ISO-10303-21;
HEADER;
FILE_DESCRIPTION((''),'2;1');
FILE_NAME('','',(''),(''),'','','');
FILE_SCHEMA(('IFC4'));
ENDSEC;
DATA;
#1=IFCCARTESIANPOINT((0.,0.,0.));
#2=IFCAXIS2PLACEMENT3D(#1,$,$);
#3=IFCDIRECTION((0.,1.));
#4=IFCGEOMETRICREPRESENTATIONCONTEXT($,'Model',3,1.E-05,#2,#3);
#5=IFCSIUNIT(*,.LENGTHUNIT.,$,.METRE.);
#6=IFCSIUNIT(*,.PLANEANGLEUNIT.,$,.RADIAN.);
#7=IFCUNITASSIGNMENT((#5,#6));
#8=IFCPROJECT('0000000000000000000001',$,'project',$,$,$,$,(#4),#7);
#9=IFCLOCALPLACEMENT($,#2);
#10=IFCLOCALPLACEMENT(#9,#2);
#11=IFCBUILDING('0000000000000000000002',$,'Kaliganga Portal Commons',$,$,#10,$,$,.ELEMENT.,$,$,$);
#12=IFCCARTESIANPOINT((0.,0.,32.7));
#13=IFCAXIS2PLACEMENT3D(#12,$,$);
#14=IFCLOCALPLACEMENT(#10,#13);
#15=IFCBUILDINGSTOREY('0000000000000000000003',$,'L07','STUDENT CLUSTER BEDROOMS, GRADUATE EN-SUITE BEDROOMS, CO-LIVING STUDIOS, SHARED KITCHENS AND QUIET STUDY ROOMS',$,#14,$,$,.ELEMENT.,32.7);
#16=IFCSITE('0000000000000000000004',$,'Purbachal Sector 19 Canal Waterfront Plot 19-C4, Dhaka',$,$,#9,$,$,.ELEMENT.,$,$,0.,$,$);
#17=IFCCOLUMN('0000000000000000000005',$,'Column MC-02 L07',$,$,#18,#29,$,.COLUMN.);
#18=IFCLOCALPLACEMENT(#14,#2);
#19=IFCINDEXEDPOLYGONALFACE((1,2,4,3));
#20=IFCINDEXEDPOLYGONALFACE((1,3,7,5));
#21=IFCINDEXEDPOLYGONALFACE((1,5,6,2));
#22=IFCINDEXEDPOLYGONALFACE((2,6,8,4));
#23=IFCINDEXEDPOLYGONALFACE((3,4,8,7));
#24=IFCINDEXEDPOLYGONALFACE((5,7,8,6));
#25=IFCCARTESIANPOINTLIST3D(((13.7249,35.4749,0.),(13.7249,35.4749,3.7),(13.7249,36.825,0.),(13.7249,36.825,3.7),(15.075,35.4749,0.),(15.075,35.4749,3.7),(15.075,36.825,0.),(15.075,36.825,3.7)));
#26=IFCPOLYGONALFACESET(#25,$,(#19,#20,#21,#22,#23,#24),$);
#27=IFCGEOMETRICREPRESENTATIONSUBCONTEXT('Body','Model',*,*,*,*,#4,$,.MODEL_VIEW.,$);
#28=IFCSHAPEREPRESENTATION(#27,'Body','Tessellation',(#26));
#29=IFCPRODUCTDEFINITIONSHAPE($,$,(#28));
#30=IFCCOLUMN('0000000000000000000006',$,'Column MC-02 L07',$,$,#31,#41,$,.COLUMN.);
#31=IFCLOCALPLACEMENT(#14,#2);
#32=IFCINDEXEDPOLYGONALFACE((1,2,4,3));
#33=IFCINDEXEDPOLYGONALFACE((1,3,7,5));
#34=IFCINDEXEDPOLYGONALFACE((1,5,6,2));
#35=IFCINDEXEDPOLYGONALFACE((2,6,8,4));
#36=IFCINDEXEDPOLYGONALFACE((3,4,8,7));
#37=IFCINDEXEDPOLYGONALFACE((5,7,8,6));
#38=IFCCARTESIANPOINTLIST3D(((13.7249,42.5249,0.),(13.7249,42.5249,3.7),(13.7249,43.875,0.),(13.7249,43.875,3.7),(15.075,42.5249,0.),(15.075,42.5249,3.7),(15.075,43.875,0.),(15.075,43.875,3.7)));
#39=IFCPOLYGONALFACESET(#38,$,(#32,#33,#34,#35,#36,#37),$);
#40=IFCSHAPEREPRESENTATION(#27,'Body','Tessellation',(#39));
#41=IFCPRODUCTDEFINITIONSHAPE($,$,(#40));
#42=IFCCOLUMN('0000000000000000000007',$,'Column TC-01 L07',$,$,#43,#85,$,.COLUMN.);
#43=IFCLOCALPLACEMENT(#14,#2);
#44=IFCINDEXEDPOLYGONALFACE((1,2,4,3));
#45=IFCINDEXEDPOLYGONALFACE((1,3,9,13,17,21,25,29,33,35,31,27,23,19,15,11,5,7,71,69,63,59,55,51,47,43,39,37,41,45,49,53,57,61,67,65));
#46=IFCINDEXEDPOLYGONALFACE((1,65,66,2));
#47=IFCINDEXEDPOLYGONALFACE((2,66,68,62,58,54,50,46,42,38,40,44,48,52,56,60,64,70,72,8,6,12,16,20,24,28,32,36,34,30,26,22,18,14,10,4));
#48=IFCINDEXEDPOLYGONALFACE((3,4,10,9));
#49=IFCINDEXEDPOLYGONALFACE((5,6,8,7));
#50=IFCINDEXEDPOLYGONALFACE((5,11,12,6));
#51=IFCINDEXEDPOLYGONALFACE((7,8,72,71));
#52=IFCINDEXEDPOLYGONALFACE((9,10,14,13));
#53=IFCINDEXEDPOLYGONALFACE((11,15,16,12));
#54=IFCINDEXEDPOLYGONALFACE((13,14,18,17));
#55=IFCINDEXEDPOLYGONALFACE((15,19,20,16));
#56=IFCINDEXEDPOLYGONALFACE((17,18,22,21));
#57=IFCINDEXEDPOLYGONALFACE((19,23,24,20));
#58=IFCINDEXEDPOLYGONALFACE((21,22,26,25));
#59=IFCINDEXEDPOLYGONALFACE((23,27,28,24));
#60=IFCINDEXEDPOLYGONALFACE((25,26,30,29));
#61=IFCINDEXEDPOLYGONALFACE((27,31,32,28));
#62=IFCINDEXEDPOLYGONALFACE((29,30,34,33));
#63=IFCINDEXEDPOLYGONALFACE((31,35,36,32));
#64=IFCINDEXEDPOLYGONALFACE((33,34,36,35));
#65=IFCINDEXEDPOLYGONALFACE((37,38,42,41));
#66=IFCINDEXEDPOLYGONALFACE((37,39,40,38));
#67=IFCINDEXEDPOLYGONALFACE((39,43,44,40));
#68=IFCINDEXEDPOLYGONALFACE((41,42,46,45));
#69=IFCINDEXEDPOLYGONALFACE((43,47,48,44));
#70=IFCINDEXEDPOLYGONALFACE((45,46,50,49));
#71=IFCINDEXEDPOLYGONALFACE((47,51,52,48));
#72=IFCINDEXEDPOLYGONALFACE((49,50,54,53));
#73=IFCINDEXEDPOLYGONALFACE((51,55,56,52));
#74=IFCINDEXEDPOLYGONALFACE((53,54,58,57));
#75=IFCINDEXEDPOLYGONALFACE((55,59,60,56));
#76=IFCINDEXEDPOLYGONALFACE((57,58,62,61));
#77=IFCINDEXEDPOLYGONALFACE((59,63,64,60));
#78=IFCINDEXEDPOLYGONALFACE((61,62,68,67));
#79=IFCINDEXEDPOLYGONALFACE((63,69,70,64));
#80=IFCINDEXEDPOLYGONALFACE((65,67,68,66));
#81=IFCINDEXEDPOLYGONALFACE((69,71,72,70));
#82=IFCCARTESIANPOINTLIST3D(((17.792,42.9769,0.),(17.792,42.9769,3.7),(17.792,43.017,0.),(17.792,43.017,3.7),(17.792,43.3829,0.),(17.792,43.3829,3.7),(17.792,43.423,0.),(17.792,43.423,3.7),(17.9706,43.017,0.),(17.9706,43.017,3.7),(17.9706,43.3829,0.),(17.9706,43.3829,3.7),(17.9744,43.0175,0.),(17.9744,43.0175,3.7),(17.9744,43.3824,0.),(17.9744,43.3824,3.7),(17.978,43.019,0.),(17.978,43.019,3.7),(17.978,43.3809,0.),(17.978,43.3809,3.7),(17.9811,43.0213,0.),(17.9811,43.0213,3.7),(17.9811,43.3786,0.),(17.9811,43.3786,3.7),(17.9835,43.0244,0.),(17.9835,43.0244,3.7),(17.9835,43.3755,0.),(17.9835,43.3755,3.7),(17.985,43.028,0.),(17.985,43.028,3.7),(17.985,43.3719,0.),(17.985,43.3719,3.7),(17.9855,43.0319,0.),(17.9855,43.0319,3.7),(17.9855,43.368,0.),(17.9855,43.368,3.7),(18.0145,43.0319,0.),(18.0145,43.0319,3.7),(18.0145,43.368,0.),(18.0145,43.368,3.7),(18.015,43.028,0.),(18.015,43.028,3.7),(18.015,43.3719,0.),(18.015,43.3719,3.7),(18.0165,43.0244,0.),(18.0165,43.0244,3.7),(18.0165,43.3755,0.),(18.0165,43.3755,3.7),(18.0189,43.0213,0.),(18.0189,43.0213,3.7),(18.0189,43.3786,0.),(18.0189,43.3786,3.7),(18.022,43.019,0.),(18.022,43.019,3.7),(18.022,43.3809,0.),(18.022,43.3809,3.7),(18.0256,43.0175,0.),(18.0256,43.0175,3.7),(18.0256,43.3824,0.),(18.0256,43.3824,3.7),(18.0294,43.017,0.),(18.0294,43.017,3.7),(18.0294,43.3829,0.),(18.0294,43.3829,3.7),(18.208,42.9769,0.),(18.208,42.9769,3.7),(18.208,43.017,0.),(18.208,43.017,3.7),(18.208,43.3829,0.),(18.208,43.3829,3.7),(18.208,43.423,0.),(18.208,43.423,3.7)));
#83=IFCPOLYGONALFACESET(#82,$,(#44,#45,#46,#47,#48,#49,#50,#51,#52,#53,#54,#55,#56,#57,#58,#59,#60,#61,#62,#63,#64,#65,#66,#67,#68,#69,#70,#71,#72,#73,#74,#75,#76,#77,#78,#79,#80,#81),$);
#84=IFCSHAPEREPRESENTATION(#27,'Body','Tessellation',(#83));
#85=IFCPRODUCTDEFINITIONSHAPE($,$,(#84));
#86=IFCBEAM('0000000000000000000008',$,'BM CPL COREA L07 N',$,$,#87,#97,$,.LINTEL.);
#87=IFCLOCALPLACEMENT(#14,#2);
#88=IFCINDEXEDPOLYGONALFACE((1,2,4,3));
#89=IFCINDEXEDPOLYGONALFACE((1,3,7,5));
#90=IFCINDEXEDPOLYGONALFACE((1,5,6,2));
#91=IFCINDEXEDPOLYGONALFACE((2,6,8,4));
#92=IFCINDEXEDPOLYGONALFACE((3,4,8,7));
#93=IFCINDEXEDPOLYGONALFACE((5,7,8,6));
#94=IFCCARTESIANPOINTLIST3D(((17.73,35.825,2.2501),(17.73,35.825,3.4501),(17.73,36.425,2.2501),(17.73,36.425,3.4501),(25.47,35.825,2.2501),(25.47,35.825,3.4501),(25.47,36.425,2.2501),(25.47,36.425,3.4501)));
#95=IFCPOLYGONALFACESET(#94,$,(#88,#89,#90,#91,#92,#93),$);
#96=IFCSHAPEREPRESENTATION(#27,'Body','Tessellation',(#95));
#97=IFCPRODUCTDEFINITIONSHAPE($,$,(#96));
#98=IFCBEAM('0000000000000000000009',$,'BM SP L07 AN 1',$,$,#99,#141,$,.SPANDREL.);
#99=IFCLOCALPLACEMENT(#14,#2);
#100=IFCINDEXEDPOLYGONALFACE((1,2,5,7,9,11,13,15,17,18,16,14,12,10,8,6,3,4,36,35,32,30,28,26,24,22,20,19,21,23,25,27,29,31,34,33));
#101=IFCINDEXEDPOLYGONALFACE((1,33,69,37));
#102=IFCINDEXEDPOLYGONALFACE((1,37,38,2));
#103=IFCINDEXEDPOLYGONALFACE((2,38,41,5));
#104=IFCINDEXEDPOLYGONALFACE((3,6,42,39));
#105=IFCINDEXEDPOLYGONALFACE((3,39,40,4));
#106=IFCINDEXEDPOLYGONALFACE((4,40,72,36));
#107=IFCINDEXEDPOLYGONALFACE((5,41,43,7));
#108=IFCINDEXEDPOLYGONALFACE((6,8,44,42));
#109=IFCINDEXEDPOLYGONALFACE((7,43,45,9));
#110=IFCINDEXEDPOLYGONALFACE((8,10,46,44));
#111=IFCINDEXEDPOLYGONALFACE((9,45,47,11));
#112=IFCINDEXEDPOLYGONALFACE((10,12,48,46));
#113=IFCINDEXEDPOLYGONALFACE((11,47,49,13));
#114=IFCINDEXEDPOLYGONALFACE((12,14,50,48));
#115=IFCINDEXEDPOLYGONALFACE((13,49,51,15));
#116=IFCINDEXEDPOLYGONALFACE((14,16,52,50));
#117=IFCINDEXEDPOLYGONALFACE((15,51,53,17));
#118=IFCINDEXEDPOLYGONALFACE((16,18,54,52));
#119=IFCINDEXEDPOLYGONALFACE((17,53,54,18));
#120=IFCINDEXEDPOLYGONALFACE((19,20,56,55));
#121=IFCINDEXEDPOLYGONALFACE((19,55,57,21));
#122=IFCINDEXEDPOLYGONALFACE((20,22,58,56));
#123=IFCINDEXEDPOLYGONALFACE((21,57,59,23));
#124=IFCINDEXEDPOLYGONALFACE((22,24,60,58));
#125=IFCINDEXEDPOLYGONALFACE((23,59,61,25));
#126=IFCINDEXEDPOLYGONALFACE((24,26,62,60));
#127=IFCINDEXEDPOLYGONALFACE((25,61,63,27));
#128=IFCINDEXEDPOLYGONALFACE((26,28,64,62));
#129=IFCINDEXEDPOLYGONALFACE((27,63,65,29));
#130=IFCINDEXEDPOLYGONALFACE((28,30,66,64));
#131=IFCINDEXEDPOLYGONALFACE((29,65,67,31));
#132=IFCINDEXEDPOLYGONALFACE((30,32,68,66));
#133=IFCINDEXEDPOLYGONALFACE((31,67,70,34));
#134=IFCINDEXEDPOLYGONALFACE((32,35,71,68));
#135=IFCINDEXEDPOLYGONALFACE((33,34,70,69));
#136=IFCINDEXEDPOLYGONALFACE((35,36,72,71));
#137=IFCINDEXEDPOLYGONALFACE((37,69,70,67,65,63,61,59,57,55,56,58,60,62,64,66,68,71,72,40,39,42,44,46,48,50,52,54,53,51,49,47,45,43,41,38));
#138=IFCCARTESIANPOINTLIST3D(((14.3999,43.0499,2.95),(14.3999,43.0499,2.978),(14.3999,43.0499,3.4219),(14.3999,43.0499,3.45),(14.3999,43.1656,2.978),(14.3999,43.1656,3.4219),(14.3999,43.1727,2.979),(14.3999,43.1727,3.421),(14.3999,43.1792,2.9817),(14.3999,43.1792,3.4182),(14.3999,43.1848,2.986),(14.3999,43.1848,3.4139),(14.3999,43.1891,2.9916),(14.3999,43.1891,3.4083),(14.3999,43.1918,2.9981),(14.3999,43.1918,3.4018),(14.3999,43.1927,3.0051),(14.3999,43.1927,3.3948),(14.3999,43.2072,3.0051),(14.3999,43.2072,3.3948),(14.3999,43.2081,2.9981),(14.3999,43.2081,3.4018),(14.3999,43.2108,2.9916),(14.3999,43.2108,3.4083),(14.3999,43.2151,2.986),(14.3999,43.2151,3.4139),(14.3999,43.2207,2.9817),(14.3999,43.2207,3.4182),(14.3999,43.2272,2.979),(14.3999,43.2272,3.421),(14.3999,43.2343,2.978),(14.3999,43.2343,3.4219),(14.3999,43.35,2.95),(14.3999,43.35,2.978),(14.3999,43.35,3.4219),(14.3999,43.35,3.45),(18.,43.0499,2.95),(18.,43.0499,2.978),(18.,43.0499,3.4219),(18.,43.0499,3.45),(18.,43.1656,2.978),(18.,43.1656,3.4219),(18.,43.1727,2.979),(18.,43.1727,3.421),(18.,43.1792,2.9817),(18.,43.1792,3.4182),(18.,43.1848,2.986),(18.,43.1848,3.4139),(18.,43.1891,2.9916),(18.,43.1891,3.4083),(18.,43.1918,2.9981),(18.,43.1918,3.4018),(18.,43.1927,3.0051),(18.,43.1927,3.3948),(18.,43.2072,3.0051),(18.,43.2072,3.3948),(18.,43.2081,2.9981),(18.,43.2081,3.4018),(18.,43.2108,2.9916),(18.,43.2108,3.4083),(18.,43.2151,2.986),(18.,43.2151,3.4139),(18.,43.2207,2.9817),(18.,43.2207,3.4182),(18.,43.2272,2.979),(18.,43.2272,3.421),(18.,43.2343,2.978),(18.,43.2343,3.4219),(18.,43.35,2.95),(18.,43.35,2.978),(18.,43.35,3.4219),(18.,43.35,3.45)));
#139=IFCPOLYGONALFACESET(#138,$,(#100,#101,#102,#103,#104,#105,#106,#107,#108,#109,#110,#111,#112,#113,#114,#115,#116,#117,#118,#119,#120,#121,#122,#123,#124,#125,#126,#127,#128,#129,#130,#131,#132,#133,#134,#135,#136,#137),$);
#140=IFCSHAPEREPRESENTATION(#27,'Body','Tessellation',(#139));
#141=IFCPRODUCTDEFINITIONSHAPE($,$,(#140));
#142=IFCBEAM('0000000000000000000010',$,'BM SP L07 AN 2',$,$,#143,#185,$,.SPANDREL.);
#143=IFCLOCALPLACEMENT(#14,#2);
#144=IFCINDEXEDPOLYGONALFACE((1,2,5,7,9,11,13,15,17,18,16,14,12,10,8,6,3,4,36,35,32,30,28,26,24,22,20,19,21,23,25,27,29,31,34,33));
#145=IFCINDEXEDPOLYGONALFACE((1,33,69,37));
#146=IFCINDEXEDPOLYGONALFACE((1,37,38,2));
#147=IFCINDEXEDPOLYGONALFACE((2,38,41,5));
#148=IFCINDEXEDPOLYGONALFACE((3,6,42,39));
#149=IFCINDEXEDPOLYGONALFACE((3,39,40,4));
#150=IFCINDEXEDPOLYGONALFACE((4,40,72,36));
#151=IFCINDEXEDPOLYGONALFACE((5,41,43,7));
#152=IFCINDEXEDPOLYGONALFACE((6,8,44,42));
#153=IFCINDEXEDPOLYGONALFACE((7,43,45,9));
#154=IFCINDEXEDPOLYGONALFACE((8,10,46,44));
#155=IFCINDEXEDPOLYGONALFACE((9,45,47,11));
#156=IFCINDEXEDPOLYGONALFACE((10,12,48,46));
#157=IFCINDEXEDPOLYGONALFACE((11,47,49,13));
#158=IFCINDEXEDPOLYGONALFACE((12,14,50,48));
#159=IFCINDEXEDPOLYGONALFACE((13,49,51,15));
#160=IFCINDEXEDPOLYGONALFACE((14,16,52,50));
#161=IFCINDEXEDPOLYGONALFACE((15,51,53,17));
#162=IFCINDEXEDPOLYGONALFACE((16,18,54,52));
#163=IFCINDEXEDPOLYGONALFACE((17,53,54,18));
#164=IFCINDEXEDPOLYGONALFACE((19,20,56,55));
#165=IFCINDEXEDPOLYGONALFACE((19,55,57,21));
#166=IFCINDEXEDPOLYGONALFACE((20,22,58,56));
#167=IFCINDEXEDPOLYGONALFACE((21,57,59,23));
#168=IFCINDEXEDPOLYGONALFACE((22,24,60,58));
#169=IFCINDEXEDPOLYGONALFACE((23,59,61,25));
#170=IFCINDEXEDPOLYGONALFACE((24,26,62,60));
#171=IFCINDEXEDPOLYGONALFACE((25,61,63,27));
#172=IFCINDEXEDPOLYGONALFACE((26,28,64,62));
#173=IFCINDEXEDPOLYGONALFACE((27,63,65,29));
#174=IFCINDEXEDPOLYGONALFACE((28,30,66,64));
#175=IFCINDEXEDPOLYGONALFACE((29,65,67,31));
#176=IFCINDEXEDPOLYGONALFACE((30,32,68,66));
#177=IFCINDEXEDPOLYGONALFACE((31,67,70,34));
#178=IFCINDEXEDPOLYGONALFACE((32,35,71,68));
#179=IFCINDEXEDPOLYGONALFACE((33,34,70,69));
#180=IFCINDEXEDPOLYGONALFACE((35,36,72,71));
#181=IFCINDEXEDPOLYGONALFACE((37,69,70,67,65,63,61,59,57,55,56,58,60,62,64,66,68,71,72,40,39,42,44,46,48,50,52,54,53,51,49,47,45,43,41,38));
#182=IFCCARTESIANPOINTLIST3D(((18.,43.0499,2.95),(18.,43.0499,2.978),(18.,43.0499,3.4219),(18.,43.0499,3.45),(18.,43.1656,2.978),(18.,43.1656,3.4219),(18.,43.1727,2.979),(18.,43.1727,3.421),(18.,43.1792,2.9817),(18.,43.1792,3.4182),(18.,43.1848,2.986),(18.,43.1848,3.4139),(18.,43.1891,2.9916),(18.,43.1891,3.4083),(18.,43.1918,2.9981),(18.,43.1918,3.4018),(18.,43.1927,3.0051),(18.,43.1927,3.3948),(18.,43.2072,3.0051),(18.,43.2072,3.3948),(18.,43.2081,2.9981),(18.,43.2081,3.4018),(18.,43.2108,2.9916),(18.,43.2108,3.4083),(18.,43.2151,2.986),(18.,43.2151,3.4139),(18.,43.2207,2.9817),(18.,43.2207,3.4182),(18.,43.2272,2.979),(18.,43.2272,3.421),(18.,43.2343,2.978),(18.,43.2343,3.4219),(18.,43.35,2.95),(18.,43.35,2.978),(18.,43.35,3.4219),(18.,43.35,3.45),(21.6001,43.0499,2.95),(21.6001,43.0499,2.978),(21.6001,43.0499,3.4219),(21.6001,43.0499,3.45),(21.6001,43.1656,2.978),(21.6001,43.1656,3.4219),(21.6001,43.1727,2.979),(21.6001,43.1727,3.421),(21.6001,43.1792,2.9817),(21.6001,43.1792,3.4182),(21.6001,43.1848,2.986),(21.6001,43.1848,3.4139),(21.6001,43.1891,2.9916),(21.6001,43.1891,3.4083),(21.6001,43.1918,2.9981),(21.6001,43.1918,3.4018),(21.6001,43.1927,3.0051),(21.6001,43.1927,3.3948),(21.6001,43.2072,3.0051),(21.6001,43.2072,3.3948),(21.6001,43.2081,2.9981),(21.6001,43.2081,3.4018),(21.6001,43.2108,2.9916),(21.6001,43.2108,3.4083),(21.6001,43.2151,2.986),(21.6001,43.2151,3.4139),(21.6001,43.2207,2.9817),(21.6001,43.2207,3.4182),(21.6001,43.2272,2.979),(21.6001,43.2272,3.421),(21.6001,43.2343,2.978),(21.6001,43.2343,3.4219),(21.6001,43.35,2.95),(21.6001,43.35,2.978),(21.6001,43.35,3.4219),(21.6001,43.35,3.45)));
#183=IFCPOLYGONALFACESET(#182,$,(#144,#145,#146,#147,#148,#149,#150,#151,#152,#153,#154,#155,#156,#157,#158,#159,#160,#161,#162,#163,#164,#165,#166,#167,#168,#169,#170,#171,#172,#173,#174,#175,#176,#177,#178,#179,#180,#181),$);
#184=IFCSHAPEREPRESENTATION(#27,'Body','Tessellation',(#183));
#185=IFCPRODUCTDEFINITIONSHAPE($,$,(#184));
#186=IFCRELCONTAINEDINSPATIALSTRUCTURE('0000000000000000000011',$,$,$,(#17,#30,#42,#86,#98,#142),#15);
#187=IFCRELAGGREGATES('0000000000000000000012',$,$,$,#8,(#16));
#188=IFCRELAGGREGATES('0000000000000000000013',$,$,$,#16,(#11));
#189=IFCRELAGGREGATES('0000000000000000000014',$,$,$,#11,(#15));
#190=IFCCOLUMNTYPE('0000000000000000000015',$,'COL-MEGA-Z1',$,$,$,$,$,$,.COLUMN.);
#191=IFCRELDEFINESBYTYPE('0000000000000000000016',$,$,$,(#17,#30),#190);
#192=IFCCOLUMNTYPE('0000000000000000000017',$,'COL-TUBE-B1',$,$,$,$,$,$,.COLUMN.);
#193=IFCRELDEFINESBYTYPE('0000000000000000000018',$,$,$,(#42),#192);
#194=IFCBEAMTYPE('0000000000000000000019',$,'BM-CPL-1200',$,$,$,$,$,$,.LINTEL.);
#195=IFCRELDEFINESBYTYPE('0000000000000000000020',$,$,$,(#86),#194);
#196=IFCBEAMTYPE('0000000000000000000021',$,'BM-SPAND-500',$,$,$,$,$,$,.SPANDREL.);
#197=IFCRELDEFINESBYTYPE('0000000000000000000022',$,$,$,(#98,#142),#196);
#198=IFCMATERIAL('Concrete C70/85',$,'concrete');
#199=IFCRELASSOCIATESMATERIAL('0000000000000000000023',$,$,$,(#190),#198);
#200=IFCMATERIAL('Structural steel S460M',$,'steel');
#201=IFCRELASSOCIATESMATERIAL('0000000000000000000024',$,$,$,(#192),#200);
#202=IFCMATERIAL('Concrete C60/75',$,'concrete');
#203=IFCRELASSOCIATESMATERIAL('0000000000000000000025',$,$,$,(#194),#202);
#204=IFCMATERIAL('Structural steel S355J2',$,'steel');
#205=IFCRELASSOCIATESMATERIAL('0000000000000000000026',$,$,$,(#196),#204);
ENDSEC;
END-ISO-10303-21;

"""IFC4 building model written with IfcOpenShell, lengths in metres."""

from ifc_helpers import new_model, si_unit, direction, frame, origin, origin_2d, place, context, subcontext, project, spatial, rectangle, i_section, extrude, source, transform, mapped, material, material_profile, profile_set, type_object, element, save


model = new_model("IFC4")

# Units and contexts
model_context = context("Model", 3, precision=1e-05, world=origin(), true_north=direction((0.0, 1.0)))
body_context = subcontext(model_context, "Body", "Model", "MODEL_VIEW")
ifc_project = project(units=[si_unit("LENGTHUNIT", "METRE"), si_unit("PLANEANGLEUNIT", "RADIAN")], contexts=[model_context])

# Site, building, storey
site_placement = place(None, origin())
site = spatial("IfcSite", under=ifc_project, at=site_placement, Name="Purbachal Sector 19 Canal Waterfront Plot 19-C4, Dhaka", CompositionType="ELEMENT", RefElevation=0.0)
building_placement = place(site_placement, origin())
building = spatial("IfcBuilding", under=site, at=building_placement, Name="Kaliganga Portal Commons", CompositionType="ELEMENT")
storey_placement = place(building_placement, frame((0.0, 0.0, 32.7)))
storey = spatial("IfcBuildingStorey", under=building, at=storey_placement, Name="L07", Description="STUDENT CLUSTER BEDROOMS, GRADUATE EN-SUITE BEDROOMS, CO-LIVING STUDIOS, SHARED KITCHENS AND QUIET STUDY ROOMS", CompositionType="ELEMENT", Elevation=32.7)

# Columns
ifc_material_1 = material(Name="Concrete C70/85", Category="concrete")
ifc_material_profile_1 = material_profile(ifc_material_1, rectangle(XDim=1.3501, YDim=1.3501, at=origin_2d()), Name="RC 1350x1350")
ifc_profile_set_1 = profile_set([ifc_material_profile_1], Name="Concrete C70/85")
column_type_1 = type_object("IfcColumnType", Name="COL-MEGA-Z1", PredefinedType="COLUMN", material=ifc_profile_set_1)
shared_shape_1 = source(origin(), body_context, "Body", "SweptSolid", [
    extrude(rectangle(XDim=1.3501, YDim=1.3501, at=origin_2d()), origin(), (0.0, 0.0, 1.0), 3.7),
])
for number, where, z_axis, x_axis, name in (
    (1, (14.3999, 36.1499, 0.0), (0.0, 0.0, 1.0), (1.0, 0.0, 0.0), "Column MC-02 L07"),
    (2, (14.3999, 43.2, 0.0), (0.0, 0.0, 1.0), (1.0, 0.0, 0.0), "Column MC-02 L07"),
):
    element("IfcColumn", number, at=place(storey_placement, frame(where, z_axis=z_axis, x_axis=x_axis)), inside=storey, type_object=column_type_1, Name=name, PredefinedType="COLUMN", context=body_context, shape_type="MappedRepresentation", body=[
        mapped(shared_shape_1, transform((0.0, 0.0, 0.0), x_axis=(1.0, 0.0, 0.0), y_axis=(0.0, 1.0, 0.0), z_axis=(0.0, 0.0, 1.0), scale=1.0)),
    ])
ifc_material_2 = material(Name="Structural steel S460M", Category="steel")
ifc_material_profile_2 = material_profile(ifc_material_2, i_section(OverallWidth=0.416, OverallDepth=0.446, WebThickness=0.0291, FlangeThickness=0.04, FilletRadius=0.0149, at=origin_2d()), Name="HD 400x509")
ifc_profile_set_2 = profile_set([ifc_material_profile_2], Name="Structural steel S460M wide-flange")
column_type_2 = type_object("IfcColumnType", Name="COL-TUBE-B1", PredefinedType="COLUMN", material=ifc_profile_set_2)
shared_shape_2 = source(origin(), body_context, "Body", "SweptSolid", [
    extrude(i_section(OverallWidth=0.416, OverallDepth=0.446, WebThickness=0.0291, FlangeThickness=0.04, FilletRadius=0.0149, at=origin_2d()), origin(), (0.0, 0.0, 1.0), 3.7),
])
column_placement = place(storey_placement, frame((18.0, 43.2, 0.0), z_axis=(0.0, 0.0, 1.0), x_axis=(1.0, 0.0, 0.0)))
element("IfcColumn", 3, at=column_placement, inside=storey, type_object=column_type_2, Name="Column TC-01 L07", PredefinedType="COLUMN", context=body_context, shape_type="MappedRepresentation", body=[
    mapped(shared_shape_2, transform((0.0, 0.0, 0.0), x_axis=(1.0, 0.0, 0.0), y_axis=(0.0, 1.0, 0.0), z_axis=(0.0, 0.0, 1.0), scale=1.0)),
])

# Beams
ifc_material_3 = material(Name="Concrete C60/75", Category="concrete")
ifc_material_profile_3 = material_profile(ifc_material_3, rectangle(XDim=0.6001, YDim=1.2, at=origin_2d()), Name="RC 600x1200")
ifc_profile_set_3 = profile_set([ifc_material_profile_3], Name="Concrete C60/75")
beam_type_1 = type_object("IfcBeamType", Name="BM-CPL-1200", PredefinedType="LINTEL", material=ifc_profile_set_3)
shared_shape_3 = source(origin(), body_context, "Body", "SweptSolid", [
    extrude(rectangle(XDim=0.6001, YDim=1.2, at=origin_2d()), origin(), (0.0, 0.0, 1.0), 7.74),
])
beam_1_placement = place(storey_placement, frame((17.73, 36.125, 2.8501), z_axis=(1.0, 0.0, 0.0), x_axis=(0.0, 1.0, 0.0)))
element("IfcBeam", 4, at=beam_1_placement, inside=storey, type_object=beam_type_1, Name="BM CPL COREA L07 N", PredefinedType="LINTEL", context=body_context, shape_type="MappedRepresentation", body=[
    mapped(shared_shape_3, transform((0.0, 0.0, 0.0), x_axis=(1.0, 0.0, 0.0), y_axis=(0.0, 1.0, 0.0), z_axis=(0.0, 0.0, 1.0), scale=1.0)),
])
ifc_material_4 = material(Name="Structural steel S355J2", Category="steel")
ifc_material_profile_4 = material_profile(ifc_material_4, i_section(OverallWidth=0.3, OverallDepth=0.5, WebThickness=0.0144, FlangeThickness=0.0281, FilletRadius=0.0271, at=origin_2d()), Name="HE 500 B")
ifc_profile_set_4 = profile_set([ifc_material_profile_4], Name="Structural steel S355J2 wide-flange")
beam_type_2 = type_object("IfcBeamType", Name="BM-SPAND-500", PredefinedType="SPANDREL", material=ifc_profile_set_4)
shared_shape_4 = source(origin(), body_context, "Body", "SweptSolid", [
    extrude(i_section(OverallWidth=0.3, OverallDepth=0.5, WebThickness=0.0144, FlangeThickness=0.0281, FilletRadius=0.0271, at=origin_2d()), origin(), (0.0, 0.0, 1.0), 3.6001),
])
for number, where, z_axis, x_axis, name in (
    (5, (14.3999, 43.2, 3.2), (1.0, 0.0, 0.0), (0.0, 1.0, 0.0), "BM SP L07 AN 1"),
    (6, (18.0, 43.2, 3.2), (1.0, 0.0, 0.0), (0.0, 1.0, 0.0), "BM SP L07 AN 2"),
):
    element("IfcBeam", number, at=place(storey_placement, frame(where, z_axis=z_axis, x_axis=x_axis)), inside=storey, type_object=beam_type_2, Name=name, PredefinedType="SPANDREL", context=body_context, shape_type="MappedRepresentation", body=[
        mapped(shared_shape_4, transform((0.0, 0.0, 0.0), x_axis=(1.0, 0.0, 0.0), y_axis=(0.0, 1.0, 0.0), z_axis=(0.0, 0.0, 1.0), scale=1.0)),
    ])

save(model, "model.ifc")
